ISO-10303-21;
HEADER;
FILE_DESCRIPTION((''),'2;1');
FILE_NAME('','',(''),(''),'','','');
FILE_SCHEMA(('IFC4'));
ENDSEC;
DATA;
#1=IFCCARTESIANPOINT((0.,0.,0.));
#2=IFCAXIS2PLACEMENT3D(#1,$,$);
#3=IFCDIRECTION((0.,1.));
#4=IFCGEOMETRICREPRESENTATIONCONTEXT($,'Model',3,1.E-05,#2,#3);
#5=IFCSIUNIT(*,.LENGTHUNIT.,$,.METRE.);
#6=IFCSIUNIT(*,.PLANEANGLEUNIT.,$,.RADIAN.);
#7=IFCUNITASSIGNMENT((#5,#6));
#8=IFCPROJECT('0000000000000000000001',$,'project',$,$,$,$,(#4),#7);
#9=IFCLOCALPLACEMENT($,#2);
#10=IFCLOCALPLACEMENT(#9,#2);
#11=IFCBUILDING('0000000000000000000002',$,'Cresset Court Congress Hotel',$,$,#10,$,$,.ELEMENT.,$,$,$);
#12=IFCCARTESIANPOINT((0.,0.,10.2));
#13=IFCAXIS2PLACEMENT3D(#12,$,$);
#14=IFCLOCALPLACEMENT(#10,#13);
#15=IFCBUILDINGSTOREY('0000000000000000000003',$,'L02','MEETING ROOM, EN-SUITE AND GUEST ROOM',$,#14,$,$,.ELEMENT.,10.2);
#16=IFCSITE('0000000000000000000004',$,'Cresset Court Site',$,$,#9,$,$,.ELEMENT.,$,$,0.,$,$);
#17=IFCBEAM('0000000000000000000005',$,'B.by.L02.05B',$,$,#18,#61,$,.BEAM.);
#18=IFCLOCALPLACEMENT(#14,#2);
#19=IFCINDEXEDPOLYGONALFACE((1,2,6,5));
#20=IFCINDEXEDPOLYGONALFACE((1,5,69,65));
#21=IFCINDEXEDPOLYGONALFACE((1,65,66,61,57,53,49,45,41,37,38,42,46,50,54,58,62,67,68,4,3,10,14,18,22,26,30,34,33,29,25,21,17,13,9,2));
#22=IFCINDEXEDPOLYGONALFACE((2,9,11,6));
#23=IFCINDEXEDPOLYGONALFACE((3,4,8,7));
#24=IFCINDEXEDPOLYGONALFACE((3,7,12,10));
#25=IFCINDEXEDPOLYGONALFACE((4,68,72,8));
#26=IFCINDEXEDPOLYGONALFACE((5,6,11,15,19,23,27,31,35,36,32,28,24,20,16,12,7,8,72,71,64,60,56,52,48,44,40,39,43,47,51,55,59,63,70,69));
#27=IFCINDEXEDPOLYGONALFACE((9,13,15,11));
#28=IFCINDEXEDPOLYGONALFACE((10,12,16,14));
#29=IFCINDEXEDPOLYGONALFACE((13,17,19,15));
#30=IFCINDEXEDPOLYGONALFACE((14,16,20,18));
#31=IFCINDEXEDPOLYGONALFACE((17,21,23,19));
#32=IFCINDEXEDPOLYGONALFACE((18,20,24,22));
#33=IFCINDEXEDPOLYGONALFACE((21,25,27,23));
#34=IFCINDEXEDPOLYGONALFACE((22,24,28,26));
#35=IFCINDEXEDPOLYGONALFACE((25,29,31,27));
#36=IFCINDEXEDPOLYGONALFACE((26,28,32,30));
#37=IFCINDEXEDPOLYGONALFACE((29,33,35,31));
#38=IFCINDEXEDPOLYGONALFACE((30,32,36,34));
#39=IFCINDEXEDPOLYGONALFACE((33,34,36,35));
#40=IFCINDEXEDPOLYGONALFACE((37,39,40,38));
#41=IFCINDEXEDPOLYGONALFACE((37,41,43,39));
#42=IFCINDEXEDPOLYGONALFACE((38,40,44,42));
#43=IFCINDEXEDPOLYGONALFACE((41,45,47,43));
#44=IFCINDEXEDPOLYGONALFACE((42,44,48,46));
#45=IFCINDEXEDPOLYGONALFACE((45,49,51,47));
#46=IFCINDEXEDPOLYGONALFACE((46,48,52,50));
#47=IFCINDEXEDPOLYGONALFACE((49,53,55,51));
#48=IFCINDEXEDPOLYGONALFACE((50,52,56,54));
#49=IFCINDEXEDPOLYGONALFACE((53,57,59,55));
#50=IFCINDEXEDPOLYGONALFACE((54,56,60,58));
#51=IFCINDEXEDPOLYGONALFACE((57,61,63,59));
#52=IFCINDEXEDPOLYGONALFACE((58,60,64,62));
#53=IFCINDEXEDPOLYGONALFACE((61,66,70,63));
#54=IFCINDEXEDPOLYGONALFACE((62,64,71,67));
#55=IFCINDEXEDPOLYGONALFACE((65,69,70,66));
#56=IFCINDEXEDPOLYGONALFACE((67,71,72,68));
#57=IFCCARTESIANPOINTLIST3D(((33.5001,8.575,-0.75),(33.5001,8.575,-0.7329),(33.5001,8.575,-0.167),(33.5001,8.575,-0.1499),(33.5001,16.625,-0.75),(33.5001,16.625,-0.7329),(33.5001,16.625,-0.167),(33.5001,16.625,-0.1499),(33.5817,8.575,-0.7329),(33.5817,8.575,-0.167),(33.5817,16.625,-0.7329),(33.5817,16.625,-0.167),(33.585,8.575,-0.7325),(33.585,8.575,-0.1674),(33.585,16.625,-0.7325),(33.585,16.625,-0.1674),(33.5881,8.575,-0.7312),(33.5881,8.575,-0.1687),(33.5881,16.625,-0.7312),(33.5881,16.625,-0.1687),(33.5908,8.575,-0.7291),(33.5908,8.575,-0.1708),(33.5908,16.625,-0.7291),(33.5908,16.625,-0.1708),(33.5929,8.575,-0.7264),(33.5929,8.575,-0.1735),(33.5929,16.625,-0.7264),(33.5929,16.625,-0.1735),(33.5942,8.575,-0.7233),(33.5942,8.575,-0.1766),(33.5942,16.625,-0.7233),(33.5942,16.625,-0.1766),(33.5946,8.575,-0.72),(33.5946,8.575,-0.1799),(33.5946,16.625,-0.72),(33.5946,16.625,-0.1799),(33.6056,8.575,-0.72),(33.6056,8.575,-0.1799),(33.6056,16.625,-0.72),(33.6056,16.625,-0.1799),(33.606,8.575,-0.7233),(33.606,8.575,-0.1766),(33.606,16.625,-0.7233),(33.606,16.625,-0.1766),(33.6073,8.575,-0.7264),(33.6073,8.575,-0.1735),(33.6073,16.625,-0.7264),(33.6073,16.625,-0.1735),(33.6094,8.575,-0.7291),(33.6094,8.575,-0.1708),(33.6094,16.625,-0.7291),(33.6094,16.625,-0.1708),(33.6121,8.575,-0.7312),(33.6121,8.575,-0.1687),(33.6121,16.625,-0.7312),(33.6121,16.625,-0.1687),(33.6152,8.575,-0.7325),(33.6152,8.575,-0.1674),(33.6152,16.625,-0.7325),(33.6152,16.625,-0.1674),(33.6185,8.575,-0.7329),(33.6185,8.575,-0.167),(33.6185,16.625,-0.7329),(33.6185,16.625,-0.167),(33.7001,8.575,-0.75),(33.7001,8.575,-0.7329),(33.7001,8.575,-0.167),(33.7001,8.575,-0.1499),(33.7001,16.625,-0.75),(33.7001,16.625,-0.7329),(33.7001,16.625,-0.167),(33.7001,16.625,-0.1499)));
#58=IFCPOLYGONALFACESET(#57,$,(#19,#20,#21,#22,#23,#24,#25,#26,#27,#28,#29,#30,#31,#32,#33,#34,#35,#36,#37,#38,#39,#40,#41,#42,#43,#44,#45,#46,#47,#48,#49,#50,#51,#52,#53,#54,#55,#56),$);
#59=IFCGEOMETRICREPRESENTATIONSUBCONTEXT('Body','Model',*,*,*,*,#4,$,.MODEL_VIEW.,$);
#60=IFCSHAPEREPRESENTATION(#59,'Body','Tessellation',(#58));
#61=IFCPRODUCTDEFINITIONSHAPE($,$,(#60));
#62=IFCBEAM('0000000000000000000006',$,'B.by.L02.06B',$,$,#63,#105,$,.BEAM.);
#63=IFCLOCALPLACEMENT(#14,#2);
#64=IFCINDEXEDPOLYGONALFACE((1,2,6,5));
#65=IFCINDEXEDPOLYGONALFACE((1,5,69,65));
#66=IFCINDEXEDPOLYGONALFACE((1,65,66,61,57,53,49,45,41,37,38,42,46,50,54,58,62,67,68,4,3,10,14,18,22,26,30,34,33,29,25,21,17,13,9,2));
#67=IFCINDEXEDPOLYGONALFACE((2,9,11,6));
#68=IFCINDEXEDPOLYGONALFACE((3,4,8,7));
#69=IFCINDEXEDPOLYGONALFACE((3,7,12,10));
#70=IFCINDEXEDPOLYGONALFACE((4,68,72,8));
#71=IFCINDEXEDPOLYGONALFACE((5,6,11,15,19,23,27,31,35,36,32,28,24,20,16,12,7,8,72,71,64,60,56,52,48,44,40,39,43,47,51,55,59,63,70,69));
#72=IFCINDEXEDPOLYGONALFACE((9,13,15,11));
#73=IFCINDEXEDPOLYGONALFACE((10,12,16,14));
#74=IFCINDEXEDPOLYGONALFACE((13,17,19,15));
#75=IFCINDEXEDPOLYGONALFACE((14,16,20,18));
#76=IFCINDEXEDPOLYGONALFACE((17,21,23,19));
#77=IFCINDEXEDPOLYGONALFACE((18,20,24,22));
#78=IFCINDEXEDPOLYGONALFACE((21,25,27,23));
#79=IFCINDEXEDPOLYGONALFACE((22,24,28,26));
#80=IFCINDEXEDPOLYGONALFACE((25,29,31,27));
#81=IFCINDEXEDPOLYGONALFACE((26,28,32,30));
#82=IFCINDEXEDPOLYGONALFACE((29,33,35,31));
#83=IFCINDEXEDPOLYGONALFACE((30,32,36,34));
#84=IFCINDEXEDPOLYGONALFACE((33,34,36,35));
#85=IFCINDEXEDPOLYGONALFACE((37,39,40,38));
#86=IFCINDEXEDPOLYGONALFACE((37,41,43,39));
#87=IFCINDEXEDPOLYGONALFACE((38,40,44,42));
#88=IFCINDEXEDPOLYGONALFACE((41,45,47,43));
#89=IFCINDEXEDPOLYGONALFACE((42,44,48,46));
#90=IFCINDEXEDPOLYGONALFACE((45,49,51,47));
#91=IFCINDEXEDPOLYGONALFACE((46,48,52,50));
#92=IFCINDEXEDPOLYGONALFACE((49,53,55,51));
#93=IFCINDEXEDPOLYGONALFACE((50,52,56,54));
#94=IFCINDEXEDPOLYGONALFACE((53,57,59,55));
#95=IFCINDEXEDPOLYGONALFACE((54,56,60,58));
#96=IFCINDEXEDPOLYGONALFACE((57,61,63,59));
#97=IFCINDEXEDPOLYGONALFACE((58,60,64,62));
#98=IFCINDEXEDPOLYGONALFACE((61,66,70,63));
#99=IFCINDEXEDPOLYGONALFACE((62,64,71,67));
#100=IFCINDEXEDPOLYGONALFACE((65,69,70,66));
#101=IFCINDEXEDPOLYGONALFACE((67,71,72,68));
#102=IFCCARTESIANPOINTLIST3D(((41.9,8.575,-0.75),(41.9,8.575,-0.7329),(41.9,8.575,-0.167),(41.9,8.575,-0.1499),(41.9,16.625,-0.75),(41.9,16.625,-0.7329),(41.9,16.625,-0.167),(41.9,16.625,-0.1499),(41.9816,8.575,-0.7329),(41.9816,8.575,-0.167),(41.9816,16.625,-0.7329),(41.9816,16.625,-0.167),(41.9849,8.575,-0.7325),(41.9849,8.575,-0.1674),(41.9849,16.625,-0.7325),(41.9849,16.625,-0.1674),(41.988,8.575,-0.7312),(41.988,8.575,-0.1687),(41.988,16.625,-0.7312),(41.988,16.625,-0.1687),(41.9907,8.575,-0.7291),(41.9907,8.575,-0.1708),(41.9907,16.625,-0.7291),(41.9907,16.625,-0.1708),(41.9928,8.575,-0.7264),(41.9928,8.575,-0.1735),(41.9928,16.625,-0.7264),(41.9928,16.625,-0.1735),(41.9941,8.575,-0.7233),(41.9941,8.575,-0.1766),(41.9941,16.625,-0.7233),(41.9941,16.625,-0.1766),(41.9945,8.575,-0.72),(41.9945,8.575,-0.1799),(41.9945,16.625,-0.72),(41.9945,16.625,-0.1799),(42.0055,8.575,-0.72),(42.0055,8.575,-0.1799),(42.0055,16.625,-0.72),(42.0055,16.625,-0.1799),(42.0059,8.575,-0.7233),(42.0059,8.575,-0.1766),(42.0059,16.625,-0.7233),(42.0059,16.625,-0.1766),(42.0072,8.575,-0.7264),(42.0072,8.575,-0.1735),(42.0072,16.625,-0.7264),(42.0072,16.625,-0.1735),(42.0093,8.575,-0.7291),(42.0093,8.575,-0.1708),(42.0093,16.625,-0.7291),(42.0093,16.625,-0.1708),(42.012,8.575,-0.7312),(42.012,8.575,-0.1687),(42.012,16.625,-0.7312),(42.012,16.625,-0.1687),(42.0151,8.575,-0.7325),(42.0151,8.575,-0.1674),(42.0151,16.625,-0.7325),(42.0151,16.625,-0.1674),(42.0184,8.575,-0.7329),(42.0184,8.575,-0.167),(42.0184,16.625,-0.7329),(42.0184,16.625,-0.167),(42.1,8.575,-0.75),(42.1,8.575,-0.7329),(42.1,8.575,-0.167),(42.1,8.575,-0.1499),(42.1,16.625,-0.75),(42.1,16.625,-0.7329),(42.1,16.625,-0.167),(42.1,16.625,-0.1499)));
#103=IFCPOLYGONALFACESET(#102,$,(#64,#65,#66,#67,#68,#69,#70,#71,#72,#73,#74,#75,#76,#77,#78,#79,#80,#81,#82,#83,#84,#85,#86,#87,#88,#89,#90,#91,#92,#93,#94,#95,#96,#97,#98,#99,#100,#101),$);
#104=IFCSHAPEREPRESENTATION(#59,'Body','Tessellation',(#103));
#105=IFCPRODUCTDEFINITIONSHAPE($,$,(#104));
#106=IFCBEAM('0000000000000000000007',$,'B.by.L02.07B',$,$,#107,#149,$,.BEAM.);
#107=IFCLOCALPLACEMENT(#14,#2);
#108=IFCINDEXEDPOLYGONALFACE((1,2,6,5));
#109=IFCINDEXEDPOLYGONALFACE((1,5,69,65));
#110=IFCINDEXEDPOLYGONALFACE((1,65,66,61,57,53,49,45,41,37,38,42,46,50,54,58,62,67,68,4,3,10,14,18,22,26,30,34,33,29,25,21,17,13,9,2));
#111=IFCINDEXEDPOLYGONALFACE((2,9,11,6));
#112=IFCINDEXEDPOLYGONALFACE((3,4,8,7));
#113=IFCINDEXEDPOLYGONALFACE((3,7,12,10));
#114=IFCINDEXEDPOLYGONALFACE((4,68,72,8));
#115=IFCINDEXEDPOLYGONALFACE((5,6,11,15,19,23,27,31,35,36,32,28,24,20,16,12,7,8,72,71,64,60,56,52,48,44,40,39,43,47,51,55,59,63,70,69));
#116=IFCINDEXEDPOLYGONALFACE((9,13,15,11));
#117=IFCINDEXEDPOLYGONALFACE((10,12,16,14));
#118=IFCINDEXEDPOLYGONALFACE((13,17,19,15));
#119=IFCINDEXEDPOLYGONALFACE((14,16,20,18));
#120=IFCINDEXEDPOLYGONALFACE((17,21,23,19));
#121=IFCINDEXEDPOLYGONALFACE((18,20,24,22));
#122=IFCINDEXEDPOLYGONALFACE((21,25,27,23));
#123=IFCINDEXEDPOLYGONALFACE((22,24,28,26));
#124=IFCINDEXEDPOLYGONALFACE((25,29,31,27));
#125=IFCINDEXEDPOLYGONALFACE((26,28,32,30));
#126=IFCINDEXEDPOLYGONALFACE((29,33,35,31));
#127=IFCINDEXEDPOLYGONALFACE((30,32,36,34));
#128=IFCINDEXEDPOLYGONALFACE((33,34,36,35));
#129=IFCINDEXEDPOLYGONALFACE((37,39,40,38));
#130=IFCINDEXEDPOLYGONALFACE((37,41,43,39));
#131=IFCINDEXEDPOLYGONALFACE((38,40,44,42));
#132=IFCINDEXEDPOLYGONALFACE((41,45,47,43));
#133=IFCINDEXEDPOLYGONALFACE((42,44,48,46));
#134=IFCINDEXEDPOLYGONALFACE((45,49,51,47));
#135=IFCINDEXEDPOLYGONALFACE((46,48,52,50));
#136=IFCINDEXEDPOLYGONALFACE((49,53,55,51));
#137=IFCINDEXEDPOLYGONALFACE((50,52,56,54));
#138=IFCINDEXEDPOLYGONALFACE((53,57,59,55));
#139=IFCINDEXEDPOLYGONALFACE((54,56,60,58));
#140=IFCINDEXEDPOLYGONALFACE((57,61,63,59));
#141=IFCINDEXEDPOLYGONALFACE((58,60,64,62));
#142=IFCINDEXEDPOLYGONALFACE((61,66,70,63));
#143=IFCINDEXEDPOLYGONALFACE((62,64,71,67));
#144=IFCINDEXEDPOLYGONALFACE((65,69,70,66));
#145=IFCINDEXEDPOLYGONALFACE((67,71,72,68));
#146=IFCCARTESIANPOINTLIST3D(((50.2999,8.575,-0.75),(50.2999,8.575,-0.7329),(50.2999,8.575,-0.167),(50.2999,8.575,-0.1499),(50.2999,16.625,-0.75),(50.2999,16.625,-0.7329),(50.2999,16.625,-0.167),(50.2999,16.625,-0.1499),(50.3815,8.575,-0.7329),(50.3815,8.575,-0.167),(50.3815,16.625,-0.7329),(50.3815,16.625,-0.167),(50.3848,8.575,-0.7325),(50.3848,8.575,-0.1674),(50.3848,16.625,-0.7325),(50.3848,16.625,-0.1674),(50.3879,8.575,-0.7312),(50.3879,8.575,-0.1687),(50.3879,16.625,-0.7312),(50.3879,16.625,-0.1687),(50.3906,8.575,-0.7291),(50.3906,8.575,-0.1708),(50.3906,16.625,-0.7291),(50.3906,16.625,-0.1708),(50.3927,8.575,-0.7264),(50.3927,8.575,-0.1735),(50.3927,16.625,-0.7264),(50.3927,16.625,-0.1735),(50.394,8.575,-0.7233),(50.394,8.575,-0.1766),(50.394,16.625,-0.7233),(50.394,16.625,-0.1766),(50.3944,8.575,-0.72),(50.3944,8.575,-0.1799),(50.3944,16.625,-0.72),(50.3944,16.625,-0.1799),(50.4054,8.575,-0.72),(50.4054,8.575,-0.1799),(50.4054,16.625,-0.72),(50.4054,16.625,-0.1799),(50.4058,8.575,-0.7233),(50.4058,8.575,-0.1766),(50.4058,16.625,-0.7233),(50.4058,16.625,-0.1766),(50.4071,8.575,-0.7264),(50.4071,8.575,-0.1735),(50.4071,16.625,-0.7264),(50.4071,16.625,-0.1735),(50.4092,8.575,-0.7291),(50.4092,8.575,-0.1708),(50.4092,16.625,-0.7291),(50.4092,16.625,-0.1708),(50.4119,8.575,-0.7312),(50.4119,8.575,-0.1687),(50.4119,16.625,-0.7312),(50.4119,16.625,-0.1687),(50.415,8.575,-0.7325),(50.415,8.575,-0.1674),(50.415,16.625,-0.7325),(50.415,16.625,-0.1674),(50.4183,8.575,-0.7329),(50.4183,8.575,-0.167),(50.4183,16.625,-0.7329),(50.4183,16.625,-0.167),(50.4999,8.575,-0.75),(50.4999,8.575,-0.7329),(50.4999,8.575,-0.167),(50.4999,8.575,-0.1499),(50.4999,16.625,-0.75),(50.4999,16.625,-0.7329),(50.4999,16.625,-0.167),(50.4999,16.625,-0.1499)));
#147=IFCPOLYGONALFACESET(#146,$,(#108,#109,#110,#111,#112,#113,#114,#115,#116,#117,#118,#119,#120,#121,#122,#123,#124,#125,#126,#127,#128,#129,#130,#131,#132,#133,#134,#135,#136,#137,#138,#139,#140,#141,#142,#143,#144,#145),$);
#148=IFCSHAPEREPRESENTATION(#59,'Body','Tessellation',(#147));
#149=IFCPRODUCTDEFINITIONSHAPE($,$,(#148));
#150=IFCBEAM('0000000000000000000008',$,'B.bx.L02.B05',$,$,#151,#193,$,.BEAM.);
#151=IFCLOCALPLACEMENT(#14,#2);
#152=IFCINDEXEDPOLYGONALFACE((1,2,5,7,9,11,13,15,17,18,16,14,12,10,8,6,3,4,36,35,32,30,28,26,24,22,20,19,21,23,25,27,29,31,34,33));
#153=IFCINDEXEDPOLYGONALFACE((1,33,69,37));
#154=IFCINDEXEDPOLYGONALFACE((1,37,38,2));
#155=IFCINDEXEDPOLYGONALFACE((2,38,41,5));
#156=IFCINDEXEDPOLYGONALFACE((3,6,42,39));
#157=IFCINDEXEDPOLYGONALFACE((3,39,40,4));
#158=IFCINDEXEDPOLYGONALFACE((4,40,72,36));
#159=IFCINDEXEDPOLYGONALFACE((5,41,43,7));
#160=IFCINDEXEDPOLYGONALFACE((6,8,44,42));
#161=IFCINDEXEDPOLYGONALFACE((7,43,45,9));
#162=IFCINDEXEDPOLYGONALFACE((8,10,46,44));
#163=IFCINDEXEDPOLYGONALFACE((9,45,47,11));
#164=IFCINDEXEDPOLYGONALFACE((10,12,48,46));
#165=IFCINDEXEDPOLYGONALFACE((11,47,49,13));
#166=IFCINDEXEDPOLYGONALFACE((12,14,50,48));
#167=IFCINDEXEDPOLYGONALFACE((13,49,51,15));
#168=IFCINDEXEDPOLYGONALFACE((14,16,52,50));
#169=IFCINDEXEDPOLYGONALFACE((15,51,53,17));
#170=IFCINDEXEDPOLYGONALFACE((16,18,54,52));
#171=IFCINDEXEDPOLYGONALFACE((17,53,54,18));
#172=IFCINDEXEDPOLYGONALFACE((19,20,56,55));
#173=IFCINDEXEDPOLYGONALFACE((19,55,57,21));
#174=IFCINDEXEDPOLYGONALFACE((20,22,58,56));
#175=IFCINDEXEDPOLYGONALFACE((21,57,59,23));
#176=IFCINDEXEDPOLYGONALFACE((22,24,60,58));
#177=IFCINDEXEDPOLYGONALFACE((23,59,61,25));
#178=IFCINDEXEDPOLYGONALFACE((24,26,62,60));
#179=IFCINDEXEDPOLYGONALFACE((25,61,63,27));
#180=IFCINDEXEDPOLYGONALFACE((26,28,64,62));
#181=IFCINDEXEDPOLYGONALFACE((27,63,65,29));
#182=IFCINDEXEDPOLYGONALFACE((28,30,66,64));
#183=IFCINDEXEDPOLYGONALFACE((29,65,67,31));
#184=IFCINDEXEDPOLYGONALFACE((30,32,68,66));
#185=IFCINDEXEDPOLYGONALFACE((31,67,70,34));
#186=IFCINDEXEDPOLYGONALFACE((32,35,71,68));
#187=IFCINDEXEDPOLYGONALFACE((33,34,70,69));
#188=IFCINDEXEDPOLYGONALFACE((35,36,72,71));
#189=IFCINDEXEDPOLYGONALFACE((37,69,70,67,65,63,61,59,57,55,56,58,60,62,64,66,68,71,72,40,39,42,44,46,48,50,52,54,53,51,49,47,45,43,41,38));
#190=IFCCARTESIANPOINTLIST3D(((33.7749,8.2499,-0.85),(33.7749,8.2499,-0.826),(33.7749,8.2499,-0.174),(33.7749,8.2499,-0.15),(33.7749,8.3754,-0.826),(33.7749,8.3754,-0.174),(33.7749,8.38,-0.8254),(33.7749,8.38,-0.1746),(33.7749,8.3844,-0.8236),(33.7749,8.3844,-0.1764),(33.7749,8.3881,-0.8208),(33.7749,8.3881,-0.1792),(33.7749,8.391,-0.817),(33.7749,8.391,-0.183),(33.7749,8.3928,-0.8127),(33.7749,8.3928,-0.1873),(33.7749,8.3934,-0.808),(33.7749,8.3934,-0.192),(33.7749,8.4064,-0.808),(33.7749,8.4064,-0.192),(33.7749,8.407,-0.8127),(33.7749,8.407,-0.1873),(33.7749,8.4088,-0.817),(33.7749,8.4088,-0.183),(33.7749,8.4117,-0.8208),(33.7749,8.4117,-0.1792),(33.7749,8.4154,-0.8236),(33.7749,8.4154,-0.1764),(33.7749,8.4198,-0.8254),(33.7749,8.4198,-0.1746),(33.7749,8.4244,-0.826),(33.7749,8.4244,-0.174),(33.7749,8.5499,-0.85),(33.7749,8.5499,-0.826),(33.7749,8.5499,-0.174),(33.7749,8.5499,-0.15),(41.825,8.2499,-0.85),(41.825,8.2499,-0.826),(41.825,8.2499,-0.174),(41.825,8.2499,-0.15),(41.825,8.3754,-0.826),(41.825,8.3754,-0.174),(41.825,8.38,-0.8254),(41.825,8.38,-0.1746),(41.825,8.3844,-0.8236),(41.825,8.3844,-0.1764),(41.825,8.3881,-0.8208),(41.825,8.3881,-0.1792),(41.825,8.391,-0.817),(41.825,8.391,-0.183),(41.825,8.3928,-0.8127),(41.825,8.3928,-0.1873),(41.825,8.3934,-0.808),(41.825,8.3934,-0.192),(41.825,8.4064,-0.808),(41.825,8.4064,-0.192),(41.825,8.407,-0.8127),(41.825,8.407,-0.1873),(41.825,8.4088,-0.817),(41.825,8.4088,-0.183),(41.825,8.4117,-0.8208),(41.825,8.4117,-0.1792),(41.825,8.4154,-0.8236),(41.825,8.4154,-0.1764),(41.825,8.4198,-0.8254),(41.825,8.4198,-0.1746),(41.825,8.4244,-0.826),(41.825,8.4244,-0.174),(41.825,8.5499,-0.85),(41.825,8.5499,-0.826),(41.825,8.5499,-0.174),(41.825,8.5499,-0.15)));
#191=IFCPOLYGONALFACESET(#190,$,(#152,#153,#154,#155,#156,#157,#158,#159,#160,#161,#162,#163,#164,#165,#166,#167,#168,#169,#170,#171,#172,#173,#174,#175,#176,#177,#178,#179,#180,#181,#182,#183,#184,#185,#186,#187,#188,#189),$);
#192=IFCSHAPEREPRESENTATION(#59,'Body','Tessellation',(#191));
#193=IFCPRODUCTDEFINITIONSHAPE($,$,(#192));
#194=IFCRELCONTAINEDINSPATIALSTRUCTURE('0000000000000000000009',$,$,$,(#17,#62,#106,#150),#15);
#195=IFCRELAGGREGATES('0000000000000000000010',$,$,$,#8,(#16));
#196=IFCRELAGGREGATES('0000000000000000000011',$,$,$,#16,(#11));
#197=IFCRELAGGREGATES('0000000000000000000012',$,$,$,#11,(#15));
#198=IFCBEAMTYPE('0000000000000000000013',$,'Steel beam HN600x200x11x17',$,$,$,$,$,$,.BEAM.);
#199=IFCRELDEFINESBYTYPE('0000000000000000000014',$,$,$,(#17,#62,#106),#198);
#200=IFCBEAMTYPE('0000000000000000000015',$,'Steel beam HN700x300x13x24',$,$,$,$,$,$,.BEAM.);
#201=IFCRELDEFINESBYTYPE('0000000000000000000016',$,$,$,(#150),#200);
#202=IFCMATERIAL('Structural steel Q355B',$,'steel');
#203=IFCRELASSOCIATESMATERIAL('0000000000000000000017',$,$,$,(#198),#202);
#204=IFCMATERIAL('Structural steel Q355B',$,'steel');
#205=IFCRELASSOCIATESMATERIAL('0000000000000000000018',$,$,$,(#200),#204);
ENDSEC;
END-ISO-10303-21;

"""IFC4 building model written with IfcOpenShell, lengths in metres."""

from ifc_helpers import new_model, si_unit, direction, frame, origin, origin_2d, place, context, subcontext, project, spatial, i_section, extrude, material, material_profile, profile_set, type_object, element, save


model = new_model("IFC4")

# Units and contexts
model_context = context("Model", 3, precision=1e-05, world=origin(), true_north=direction((0.0, 1.0)))
body_context = subcontext(model_context, "Body", "Model", "MODEL_VIEW")
ifc_project = project(units=[si_unit("LENGTHUNIT", "METRE"), si_unit("PLANEANGLEUNIT", "RADIAN")], contexts=[model_context])

# Site, building, storey
site_placement = place(None, origin())
site = spatial("IfcSite", under=ifc_project, at=site_placement, Name="Cresset Court Site", CompositionType="ELEMENT", RefElevation=0.0)
building_placement = place(site_placement, origin())
building = spatial("IfcBuilding", under=site, at=building_placement, Name="Cresset Court Congress Hotel", CompositionType="ELEMENT")
storey_placement = place(building_placement, frame((0.0, 0.0, 10.2)))
storey = spatial("IfcBuildingStorey", under=building, at=storey_placement, Name="L02", Description="MEETING ROOM, EN-SUITE AND GUEST ROOM", CompositionType="ELEMENT", Elevation=10.2)

# Beams
ifc_material_1 = material(Name="Structural steel Q355B", Category="steel")
ifc_material_profile_1 = material_profile(ifc_material_1, i_section(OverallWidth=0.2, OverallDepth=0.6001, WebThickness=0.011, FlangeThickness=0.0171, FilletRadius=0.0129, at=origin_2d()), Name="HN600x200x11x17")
ifc_profile_set_1 = profile_set([ifc_material_profile_1], Name="Structural steel Q355B")
beam_type_1 = type_object("IfcBeamType", Name="Steel beam HN600x200x11x17", PredefinedType="BEAM", material=ifc_profile_set_1)
for number, where, z_axis, x_axis, name in (
    (1, (33.6001, 8.575, -0.45), (0.0, 1.0, 0.0), (-1.0, 0.0, 0.0), "B.by.L02.05B"),
    (2, (42.0, 8.575, -0.45), (0.0, 1.0, 0.0), (-1.0, 0.0, 0.0), "B.by.L02.06B"),
    (3, (50.3999, 8.575, -0.45), (0.0, 1.0, 0.0), (-1.0, 0.0, 0.0), "B.by.L02.07B"),
):
    element("IfcBeam", number, at=place(storey_placement, frame(where, z_axis=z_axis, x_axis=x_axis)), inside=storey, type_object=beam_type_1, Name=name, PredefinedType="BEAM", context=body_context, shape_type="SweptSolid", body=[
        extrude(i_section(OverallWidth=0.2, OverallDepth=0.6001, WebThickness=0.011, FlangeThickness=0.0171, FilletRadius=0.0129, at=origin_2d()), origin(), (0.0, 0.0, 1.0), 8.05),
    ])
ifc_material_2 = material(Name="Structural steel Q355B", Category="steel")
ifc_material_profile_2 = material_profile(ifc_material_2, i_section(OverallWidth=0.3, OverallDepth=0.7, WebThickness=0.0129, FlangeThickness=0.0239, FilletRadius=0.0181, at=origin_2d()), Name="HN700x300x13x24")
ifc_profile_set_2 = profile_set([ifc_material_profile_2], Name="Structural steel Q355B")
beam_type_2 = type_object("IfcBeamType", Name="Steel beam HN700x300x13x24", PredefinedType="BEAM", material=ifc_profile_set_2)
for number, where, z_axis, x_axis, name in (
    (4, (33.7749, 8.3999, -0.5), (1.0, 0.0, 0.0), (0.0, 1.0, 0.0), "B.bx.L02.B05"),
):
    element("IfcBeam", number, at=place(storey_placement, frame(where, z_axis=z_axis, x_axis=x_axis)), inside=storey, type_object=beam_type_2, Name=name, PredefinedType="BEAM", context=body_context, shape_type="SweptSolid", body=[
        extrude(i_section(OverallWidth=0.3, OverallDepth=0.7, WebThickness=0.0129, FlangeThickness=0.0239, FilletRadius=0.0181, at=origin_2d()), origin(), (0.0, 0.0, 1.0), 8.05),
    ])

save(model, "model.ifc")
